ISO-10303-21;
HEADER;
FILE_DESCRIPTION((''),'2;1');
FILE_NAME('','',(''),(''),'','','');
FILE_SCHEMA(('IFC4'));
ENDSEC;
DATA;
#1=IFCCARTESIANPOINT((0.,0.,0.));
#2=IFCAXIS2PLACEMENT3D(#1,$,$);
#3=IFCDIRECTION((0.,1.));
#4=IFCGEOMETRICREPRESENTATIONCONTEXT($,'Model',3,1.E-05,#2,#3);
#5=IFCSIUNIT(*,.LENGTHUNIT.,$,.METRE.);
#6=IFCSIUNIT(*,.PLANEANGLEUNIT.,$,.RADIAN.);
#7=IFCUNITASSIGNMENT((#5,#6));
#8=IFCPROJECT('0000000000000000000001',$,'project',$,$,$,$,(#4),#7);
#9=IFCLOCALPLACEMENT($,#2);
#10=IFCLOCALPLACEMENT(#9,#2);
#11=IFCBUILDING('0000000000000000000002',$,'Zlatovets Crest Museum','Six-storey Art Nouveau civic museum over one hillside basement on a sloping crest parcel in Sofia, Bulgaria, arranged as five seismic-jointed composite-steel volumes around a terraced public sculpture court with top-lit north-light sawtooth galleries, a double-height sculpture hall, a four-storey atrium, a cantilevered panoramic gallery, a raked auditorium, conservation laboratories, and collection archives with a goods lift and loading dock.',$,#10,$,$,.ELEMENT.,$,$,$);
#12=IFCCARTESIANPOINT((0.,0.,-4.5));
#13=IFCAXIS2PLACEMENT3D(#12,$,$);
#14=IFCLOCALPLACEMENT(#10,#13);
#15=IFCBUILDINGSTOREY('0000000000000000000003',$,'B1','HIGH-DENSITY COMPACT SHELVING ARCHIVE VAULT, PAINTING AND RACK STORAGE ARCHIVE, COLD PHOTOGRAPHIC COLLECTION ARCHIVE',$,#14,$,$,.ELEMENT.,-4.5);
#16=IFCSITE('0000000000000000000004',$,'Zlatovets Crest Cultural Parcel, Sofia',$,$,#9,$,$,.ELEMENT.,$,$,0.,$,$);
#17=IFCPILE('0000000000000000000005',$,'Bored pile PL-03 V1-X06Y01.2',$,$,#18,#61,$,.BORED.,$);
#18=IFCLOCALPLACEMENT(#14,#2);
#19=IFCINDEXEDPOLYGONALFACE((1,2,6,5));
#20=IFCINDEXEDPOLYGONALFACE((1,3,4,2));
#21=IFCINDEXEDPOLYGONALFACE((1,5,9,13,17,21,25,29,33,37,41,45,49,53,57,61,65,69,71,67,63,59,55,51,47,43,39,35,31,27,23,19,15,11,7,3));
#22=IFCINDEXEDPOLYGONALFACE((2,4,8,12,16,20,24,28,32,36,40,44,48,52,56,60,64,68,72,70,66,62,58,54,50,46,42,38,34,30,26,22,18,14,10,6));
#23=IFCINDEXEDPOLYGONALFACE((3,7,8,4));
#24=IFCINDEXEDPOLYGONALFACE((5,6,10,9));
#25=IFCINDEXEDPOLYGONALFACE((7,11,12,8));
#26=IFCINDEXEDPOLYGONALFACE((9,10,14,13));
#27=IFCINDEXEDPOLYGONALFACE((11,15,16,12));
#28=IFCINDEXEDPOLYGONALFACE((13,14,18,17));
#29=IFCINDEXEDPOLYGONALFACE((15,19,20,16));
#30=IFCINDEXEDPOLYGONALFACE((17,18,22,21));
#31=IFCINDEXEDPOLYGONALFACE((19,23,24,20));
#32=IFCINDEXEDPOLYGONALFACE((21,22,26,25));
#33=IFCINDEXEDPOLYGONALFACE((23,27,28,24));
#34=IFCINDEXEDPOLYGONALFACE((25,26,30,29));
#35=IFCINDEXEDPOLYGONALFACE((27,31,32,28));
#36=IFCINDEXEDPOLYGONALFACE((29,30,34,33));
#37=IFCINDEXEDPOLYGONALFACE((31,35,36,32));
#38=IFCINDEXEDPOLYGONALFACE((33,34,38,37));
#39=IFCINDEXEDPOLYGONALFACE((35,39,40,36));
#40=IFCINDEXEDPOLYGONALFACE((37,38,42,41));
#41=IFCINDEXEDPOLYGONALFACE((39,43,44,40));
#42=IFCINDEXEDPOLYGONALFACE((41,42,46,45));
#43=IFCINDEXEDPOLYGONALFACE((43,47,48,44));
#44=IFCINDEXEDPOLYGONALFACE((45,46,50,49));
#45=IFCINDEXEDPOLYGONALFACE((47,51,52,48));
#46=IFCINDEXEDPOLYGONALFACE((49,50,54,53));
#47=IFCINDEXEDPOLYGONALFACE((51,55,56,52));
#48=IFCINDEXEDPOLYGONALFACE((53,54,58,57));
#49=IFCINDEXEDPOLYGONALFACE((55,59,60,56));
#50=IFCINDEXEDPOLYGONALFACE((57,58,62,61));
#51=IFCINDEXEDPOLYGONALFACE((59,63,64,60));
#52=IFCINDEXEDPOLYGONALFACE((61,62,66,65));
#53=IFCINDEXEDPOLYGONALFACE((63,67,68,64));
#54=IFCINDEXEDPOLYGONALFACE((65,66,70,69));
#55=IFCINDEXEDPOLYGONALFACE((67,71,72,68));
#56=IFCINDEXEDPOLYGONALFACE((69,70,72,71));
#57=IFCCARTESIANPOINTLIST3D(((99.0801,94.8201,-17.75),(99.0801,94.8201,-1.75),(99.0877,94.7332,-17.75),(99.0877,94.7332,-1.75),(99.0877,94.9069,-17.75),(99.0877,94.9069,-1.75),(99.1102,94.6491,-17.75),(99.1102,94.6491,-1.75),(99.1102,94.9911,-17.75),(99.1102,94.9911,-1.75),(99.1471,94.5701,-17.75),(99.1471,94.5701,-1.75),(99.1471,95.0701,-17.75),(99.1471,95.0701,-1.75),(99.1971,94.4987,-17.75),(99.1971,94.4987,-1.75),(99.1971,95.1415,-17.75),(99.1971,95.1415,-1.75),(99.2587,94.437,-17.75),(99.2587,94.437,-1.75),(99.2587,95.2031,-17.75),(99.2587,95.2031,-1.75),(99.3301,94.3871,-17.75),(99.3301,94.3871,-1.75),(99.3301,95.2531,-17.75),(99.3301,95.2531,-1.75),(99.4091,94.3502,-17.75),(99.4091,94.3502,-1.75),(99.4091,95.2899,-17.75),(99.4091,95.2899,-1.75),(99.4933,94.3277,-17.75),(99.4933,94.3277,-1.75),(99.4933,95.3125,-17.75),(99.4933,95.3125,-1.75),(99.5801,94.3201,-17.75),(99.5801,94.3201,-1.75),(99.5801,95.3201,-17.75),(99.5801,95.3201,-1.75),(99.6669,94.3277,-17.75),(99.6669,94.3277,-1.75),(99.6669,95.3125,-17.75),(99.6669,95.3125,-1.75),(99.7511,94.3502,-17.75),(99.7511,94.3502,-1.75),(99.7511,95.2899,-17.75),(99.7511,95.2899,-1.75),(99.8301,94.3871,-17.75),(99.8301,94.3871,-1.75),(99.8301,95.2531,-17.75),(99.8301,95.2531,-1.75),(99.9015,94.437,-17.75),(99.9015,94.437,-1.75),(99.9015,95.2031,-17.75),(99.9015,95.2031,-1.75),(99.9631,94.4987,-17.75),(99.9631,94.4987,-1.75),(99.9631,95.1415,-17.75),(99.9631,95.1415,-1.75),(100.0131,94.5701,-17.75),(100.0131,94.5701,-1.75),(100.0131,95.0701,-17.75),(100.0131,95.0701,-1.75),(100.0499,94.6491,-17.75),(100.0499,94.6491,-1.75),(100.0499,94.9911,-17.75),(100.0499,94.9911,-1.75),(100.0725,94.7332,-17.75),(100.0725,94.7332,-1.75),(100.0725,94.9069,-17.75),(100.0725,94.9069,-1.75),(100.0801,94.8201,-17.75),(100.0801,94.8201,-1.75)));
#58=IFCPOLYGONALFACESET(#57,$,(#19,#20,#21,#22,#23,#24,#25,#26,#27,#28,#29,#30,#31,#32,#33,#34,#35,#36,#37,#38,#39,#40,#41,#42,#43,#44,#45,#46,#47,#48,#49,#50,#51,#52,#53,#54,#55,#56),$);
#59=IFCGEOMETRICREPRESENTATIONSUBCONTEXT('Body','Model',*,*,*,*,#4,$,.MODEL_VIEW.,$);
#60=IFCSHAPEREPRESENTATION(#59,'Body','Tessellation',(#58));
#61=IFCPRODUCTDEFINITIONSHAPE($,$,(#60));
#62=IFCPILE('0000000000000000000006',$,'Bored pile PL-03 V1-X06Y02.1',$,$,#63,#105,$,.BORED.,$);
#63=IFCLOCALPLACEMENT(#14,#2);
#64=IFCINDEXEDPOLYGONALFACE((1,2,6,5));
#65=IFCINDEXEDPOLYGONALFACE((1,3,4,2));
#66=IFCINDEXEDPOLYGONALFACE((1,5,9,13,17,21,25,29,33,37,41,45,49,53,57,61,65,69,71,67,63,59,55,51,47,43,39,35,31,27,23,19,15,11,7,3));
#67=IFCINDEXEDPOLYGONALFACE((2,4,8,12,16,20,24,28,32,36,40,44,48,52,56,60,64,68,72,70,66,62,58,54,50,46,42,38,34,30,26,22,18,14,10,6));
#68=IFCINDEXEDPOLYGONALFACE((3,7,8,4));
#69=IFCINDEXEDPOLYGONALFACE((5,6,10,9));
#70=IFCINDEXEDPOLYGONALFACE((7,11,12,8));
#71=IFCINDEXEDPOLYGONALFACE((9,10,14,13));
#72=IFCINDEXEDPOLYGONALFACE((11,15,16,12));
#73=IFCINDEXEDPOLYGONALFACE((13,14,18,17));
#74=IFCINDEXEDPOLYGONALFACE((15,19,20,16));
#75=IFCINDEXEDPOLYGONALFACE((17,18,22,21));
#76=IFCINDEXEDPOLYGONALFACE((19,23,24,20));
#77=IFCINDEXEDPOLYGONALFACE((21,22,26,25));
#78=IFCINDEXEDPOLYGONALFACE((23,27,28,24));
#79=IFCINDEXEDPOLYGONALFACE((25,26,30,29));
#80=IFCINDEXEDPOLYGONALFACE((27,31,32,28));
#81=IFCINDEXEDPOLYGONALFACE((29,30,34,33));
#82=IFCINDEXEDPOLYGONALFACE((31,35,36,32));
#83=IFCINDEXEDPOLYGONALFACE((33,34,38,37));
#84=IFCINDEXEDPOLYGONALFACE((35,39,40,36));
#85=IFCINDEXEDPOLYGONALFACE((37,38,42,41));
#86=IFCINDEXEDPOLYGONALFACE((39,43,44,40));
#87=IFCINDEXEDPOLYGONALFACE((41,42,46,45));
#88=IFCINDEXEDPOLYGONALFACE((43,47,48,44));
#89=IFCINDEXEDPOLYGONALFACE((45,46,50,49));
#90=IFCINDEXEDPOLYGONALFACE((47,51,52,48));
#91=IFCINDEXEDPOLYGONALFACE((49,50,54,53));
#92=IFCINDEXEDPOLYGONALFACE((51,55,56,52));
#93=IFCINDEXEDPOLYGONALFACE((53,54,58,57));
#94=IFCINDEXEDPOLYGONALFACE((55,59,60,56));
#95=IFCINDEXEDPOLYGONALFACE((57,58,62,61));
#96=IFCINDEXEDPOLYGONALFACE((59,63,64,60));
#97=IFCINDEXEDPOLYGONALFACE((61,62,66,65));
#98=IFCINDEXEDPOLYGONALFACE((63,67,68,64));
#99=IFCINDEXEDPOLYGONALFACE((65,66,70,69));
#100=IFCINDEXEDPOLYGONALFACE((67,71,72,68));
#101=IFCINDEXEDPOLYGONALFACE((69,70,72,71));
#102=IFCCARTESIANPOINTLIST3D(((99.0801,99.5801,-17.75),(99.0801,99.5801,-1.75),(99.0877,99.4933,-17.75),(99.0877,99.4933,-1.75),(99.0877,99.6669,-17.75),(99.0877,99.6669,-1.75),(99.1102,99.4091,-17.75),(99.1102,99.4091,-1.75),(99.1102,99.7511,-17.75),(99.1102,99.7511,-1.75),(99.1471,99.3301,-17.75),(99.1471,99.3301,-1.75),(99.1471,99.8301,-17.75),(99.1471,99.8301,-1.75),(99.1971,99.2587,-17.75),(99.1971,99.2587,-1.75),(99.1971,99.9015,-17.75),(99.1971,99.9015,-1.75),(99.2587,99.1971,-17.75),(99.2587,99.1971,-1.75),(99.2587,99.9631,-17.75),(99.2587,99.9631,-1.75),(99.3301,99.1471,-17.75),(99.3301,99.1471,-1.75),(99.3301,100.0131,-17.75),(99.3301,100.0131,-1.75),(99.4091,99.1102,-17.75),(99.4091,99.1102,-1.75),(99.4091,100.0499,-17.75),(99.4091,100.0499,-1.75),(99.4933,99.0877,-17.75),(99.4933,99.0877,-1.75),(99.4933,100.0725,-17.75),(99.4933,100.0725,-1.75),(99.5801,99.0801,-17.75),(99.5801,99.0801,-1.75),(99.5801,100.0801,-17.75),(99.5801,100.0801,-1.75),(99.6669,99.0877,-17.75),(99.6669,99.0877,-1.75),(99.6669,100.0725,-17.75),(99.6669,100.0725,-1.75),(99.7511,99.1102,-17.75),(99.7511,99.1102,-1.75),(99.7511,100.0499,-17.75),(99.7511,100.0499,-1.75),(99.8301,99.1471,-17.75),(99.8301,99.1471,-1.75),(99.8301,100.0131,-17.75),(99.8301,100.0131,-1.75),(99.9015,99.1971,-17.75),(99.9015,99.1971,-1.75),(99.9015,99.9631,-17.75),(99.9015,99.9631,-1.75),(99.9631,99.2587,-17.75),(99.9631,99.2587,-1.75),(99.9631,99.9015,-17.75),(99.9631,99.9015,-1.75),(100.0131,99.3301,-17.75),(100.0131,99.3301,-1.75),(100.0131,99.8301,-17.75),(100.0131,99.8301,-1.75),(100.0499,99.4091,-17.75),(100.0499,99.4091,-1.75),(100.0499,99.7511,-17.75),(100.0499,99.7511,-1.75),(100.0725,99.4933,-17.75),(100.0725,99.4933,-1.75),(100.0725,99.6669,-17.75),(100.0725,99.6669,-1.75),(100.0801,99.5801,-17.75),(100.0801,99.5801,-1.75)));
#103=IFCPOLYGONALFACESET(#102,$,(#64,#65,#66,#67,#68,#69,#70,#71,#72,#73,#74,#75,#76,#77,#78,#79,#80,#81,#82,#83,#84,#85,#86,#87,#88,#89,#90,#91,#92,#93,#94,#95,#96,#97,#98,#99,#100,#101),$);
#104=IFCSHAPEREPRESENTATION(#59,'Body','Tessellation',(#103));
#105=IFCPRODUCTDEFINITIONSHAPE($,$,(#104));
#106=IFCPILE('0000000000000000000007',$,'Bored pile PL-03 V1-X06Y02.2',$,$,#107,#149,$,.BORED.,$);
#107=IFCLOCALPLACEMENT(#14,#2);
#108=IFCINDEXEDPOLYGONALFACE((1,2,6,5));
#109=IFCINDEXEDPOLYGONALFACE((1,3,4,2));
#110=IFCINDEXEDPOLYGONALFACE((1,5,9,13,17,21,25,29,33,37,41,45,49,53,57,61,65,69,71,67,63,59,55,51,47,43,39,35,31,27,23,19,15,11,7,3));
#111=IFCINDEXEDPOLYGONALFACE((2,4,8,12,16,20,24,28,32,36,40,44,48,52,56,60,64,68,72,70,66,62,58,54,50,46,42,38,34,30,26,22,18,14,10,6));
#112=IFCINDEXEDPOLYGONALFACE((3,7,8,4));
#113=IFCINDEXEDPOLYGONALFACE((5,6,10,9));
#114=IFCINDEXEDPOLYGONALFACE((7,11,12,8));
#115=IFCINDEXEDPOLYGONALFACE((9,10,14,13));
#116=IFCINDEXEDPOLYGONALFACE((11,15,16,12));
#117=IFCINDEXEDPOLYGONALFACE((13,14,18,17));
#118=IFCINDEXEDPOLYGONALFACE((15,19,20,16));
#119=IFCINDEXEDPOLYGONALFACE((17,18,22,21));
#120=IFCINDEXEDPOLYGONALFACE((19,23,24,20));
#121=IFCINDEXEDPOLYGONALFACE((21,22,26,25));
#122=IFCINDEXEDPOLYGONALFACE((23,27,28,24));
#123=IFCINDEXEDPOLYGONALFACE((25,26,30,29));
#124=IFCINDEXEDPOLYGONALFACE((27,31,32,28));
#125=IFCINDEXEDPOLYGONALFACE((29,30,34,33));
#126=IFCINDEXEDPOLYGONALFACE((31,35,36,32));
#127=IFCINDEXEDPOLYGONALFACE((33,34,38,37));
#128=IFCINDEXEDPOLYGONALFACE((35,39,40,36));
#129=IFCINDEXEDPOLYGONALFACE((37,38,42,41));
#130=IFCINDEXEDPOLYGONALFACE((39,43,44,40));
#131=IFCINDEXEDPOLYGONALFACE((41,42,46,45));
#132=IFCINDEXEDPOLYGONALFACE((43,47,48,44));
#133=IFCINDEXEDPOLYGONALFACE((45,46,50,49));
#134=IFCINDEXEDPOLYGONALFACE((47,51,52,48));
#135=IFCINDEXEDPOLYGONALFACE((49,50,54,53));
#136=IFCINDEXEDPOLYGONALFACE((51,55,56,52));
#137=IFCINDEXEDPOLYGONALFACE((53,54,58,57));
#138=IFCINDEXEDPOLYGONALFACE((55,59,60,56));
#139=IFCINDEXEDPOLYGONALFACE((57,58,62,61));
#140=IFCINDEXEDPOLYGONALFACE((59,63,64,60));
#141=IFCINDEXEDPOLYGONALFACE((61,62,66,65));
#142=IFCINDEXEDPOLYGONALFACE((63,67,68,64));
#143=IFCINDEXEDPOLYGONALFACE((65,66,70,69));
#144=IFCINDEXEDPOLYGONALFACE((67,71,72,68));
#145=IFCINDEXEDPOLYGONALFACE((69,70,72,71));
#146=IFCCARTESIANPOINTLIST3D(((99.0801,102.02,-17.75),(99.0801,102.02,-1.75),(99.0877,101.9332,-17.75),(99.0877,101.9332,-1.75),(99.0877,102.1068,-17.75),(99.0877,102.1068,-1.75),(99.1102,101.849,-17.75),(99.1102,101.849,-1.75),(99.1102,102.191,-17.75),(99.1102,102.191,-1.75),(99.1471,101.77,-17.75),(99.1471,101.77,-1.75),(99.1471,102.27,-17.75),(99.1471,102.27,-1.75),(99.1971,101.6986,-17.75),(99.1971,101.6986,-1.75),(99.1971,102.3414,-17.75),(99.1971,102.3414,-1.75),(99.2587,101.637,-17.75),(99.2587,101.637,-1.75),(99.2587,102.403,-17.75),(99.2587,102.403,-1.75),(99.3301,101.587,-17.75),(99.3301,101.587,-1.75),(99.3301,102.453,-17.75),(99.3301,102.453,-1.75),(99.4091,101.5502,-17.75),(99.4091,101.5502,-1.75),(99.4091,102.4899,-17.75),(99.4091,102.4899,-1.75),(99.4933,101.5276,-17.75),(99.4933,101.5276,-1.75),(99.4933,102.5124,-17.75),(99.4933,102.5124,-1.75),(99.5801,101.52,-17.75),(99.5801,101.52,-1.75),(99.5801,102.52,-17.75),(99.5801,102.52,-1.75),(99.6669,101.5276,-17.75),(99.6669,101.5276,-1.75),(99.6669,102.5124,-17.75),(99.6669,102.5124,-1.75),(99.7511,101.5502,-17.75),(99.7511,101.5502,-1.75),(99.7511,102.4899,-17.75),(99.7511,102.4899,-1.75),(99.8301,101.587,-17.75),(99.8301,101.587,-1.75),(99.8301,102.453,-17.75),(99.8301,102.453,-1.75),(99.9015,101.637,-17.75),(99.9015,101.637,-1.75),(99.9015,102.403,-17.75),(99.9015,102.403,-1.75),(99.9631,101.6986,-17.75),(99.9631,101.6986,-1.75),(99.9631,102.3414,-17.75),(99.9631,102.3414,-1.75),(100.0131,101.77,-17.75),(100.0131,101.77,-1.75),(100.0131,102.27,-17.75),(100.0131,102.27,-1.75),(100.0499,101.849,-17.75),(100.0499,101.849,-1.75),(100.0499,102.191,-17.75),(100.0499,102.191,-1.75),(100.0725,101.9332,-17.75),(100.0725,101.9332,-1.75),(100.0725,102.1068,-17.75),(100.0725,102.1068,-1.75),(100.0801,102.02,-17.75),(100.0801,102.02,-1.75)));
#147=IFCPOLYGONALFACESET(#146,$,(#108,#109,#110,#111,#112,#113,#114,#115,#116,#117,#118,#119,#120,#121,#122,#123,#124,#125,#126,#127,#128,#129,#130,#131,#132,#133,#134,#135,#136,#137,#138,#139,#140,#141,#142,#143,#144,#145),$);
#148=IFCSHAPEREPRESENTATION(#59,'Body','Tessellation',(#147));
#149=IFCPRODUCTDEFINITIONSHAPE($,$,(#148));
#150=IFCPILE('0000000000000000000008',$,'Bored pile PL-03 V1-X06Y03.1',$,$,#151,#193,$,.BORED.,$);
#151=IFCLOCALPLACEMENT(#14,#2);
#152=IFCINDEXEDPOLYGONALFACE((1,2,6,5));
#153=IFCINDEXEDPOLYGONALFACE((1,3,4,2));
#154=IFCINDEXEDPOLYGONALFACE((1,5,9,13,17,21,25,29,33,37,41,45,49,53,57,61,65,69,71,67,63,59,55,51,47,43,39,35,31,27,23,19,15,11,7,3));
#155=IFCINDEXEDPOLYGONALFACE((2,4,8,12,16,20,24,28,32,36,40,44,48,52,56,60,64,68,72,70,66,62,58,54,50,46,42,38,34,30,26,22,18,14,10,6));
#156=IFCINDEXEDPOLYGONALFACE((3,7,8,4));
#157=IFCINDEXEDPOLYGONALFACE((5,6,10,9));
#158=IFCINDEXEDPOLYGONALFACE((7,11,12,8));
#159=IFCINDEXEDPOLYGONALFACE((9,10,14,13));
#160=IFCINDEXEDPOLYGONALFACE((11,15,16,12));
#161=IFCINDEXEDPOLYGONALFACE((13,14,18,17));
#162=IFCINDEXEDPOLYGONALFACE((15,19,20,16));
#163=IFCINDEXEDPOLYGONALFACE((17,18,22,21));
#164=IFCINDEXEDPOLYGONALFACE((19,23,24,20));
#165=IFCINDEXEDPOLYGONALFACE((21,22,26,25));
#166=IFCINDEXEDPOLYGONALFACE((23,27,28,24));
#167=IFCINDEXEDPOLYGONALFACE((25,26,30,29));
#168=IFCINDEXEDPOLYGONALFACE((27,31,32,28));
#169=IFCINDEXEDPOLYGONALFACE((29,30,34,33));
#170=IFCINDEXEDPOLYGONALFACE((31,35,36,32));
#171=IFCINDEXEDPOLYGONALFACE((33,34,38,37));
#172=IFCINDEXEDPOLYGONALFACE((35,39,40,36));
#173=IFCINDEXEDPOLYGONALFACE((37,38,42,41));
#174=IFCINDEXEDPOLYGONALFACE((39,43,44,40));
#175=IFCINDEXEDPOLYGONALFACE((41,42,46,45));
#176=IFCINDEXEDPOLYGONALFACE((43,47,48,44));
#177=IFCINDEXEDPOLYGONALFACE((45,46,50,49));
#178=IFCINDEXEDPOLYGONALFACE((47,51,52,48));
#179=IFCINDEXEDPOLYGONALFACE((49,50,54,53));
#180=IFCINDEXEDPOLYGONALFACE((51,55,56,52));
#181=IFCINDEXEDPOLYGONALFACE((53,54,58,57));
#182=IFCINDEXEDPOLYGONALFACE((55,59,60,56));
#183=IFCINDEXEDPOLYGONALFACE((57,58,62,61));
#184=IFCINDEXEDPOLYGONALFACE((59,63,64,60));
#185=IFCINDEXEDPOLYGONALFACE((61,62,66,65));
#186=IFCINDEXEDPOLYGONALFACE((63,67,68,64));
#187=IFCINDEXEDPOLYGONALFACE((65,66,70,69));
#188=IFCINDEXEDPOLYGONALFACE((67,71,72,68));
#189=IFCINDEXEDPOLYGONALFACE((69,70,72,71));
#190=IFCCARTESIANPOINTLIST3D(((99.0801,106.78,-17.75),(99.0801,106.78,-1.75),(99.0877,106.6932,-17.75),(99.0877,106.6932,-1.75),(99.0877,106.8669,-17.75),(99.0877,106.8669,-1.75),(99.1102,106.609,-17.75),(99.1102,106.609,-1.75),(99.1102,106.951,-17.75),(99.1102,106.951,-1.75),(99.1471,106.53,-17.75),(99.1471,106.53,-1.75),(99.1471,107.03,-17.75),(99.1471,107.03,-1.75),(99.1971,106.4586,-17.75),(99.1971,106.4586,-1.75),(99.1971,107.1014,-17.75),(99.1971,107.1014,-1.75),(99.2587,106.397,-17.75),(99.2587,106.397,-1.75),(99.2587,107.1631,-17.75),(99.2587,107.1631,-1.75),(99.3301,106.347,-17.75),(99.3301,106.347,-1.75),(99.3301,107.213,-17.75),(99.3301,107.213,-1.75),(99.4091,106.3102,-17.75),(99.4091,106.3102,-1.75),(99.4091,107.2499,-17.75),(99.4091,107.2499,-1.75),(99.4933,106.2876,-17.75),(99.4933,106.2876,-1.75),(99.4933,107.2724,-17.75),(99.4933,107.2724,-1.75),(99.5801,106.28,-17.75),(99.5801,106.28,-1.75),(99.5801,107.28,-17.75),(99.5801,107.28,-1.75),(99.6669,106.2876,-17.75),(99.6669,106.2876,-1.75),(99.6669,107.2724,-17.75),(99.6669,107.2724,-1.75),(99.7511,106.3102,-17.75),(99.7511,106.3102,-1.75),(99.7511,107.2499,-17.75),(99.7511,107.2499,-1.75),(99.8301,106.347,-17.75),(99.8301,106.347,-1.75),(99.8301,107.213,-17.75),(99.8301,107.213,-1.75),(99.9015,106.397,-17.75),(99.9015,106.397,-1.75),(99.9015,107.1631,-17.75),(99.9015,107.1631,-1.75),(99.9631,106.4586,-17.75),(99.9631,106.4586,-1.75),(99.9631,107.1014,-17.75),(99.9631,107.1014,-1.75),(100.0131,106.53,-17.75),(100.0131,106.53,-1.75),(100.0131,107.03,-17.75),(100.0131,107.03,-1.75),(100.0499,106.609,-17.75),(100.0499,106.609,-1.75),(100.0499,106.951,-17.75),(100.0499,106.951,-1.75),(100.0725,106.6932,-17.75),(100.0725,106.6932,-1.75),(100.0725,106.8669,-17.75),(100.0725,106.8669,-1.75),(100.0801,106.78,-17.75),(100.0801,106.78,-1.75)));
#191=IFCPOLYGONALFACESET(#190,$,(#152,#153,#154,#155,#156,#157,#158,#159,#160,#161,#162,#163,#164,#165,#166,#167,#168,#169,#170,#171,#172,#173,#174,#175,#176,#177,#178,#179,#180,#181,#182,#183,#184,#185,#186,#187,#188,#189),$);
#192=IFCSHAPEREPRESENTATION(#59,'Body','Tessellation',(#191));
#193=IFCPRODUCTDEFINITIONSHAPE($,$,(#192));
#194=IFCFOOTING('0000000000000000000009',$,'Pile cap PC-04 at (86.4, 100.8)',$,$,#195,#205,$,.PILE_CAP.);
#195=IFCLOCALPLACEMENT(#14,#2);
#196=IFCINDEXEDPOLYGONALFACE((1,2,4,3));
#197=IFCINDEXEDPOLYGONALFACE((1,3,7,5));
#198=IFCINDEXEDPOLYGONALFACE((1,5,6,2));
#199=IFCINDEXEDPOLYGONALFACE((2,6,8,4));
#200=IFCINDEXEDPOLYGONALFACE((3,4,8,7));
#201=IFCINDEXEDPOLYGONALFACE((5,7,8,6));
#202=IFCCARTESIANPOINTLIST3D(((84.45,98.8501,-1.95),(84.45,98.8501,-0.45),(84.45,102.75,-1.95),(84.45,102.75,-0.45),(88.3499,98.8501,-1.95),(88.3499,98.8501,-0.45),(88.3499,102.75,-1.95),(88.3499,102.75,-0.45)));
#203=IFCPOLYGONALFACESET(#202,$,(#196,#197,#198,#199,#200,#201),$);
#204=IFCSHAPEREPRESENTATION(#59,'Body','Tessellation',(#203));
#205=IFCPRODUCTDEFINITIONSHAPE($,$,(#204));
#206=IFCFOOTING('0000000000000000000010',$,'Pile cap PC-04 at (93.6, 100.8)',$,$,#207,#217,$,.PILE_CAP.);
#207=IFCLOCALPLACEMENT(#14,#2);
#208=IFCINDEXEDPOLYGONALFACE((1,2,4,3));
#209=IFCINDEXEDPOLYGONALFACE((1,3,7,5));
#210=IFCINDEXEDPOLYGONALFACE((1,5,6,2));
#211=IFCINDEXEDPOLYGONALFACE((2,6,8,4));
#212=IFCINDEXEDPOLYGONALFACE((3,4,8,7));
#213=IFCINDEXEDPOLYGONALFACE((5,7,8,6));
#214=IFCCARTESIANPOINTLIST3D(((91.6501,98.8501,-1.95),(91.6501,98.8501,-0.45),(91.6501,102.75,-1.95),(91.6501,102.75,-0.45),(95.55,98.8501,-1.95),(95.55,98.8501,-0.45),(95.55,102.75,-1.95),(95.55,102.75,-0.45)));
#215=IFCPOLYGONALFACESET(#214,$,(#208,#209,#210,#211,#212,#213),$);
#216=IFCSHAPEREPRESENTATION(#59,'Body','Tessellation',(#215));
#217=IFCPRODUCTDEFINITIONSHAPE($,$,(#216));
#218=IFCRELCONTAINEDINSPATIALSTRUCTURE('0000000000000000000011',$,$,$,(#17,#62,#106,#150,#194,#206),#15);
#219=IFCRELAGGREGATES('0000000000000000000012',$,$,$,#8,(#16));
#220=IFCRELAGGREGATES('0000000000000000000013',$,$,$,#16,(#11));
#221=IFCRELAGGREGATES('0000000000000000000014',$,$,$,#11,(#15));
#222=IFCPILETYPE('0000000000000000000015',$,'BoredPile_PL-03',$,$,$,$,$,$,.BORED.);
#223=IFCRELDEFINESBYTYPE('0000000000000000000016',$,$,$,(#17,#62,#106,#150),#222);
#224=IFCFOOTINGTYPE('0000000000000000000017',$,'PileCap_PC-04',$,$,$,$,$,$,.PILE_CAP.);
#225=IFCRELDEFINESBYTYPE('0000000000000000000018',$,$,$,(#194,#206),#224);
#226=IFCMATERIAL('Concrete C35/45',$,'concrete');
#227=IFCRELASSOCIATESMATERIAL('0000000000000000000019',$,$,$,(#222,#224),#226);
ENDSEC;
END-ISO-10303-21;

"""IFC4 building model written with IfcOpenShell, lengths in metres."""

from ifc_helpers import new_model, si_unit, direction, frame, origin, origin_2d, place, context, subcontext, project, spatial, rectangle, circle, extrude, material, material_profile, profile_set, type_object, element, save


model = new_model("IFC4")

# Units and contexts
model_context = context("Model", 3, precision=1e-05, world=origin(), true_north=direction((0.0, 1.0)))
body_context = subcontext(model_context, "Body", "Model", "MODEL_VIEW")
ifc_project = project(units=[si_unit("LENGTHUNIT", "METRE"), si_unit("PLANEANGLEUNIT", "RADIAN")], contexts=[model_context])

# Site, building, storey
site_placement = place(None, origin())
site = spatial("IfcSite", under=ifc_project, at=site_placement, Name="Zlatovets Crest Cultural Parcel, Sofia", CompositionType="ELEMENT", RefElevation=0.0)
building_placement = place(site_placement, origin())
building = spatial("IfcBuilding", under=site, at=building_placement, Name="Zlatovets Crest Museum", Description="Six-storey Art Nouveau civic museum over one hillside basement on a sloping crest parcel in Sofia, Bulgaria, arranged as five seismic-jointed composite-steel volumes around a terraced public sculpture court with top-lit north-light sawtooth galleries, a double-height sculpture hall, a four-storey atrium, a cantilevered panoramic gallery, a raked auditorium, conservation laboratories, and collection archives with a goods lift and loading dock.", CompositionType="ELEMENT")
storey_placement = place(building_placement, frame((0.0, 0.0, -4.5)))
storey = spatial("IfcBuildingStorey", under=building, at=storey_placement, Name="B1", Description="HIGH-DENSITY COMPACT SHELVING ARCHIVE VAULT, PAINTING AND RACK STORAGE ARCHIVE, COLD PHOTOGRAPHIC COLLECTION ARCHIVE", CompositionType="ELEMENT", Elevation=-4.5)

# Piles
ifc_material_1 = material(Name="Concrete C35/45", Category="concrete")
ifc_material_profile_1 = material_profile(ifc_material_1, circle(Radius=0.5, at=origin_2d()), Name="PILE D1000")
ifc_profile_set_1 = profile_set([ifc_material_profile_1], Name="Concrete C35/45")
pile_type = type_object("IfcPileType", Name="BoredPile_PL-03", PredefinedType="BORED", material=ifc_profile_set_1)
for number, where, z_axis, x_axis, name in (
    (1, (99.5801, 94.8201, -1.75), (0.0, 0.0, -1.0), (1.0, 0.0, 0.0), "Bored pile PL-03 V1-X06Y01.2"),
    (2, (99.5801, 99.5801, -1.75), (0.0, 0.0, -1.0), (1.0, 0.0, 0.0), "Bored pile PL-03 V1-X06Y02.1"),
    (3, (99.5801, 102.02, -1.75), (0.0, 0.0, -1.0), (1.0, 0.0, 0.0), "Bored pile PL-03 V1-X06Y02.2"),
    (4, (99.5801, 106.78, -1.75), (0.0, 0.0, -1.0), (1.0, 0.0, 0.0), "Bored pile PL-03 V1-X06Y03.1"),
):
    element("IfcPile", number, at=place(storey_placement, frame(where, z_axis=z_axis, x_axis=x_axis)), inside=storey, type_object=pile_type, Name=name, PredefinedType="BORED", context=body_context, shape_type="SweptSolid", body=[
        extrude(circle(Radius=0.5, at=origin_2d()), origin(), (0.0, 0.0, 1.0), 16.0),
    ])

# Footings
footing_type = type_object("IfcFootingType", Name="PileCap_PC-04", PredefinedType="PILE_CAP", material=ifc_material_1)
for number, where, z_axis, x_axis, name in (
    (5, (86.3999, 100.8, -1.95), (0.0, 0.0, 1.0), (1.0, 0.0, 0.0), "Pile cap PC-04 at (86.4, 100.8)"),
    (6, (93.6001, 100.8, -1.95), (0.0, 0.0, 1.0), (1.0, 0.0, 0.0), "Pile cap PC-04 at (93.6, 100.8)"),
):
    element("IfcFooting", number, at=place(storey_placement, frame(where, z_axis=z_axis, x_axis=x_axis)), inside=storey, type_object=footing_type, Name=name, PredefinedType="PILE_CAP", context=body_context, shape_type="SweptSolid", body=[
        extrude(rectangle(XDim=3.8999, YDim=3.8999, at=origin_2d()), origin(), (0.0, 0.0, 1.0), 1.5),
    ])

save(model, "model.ifc")
